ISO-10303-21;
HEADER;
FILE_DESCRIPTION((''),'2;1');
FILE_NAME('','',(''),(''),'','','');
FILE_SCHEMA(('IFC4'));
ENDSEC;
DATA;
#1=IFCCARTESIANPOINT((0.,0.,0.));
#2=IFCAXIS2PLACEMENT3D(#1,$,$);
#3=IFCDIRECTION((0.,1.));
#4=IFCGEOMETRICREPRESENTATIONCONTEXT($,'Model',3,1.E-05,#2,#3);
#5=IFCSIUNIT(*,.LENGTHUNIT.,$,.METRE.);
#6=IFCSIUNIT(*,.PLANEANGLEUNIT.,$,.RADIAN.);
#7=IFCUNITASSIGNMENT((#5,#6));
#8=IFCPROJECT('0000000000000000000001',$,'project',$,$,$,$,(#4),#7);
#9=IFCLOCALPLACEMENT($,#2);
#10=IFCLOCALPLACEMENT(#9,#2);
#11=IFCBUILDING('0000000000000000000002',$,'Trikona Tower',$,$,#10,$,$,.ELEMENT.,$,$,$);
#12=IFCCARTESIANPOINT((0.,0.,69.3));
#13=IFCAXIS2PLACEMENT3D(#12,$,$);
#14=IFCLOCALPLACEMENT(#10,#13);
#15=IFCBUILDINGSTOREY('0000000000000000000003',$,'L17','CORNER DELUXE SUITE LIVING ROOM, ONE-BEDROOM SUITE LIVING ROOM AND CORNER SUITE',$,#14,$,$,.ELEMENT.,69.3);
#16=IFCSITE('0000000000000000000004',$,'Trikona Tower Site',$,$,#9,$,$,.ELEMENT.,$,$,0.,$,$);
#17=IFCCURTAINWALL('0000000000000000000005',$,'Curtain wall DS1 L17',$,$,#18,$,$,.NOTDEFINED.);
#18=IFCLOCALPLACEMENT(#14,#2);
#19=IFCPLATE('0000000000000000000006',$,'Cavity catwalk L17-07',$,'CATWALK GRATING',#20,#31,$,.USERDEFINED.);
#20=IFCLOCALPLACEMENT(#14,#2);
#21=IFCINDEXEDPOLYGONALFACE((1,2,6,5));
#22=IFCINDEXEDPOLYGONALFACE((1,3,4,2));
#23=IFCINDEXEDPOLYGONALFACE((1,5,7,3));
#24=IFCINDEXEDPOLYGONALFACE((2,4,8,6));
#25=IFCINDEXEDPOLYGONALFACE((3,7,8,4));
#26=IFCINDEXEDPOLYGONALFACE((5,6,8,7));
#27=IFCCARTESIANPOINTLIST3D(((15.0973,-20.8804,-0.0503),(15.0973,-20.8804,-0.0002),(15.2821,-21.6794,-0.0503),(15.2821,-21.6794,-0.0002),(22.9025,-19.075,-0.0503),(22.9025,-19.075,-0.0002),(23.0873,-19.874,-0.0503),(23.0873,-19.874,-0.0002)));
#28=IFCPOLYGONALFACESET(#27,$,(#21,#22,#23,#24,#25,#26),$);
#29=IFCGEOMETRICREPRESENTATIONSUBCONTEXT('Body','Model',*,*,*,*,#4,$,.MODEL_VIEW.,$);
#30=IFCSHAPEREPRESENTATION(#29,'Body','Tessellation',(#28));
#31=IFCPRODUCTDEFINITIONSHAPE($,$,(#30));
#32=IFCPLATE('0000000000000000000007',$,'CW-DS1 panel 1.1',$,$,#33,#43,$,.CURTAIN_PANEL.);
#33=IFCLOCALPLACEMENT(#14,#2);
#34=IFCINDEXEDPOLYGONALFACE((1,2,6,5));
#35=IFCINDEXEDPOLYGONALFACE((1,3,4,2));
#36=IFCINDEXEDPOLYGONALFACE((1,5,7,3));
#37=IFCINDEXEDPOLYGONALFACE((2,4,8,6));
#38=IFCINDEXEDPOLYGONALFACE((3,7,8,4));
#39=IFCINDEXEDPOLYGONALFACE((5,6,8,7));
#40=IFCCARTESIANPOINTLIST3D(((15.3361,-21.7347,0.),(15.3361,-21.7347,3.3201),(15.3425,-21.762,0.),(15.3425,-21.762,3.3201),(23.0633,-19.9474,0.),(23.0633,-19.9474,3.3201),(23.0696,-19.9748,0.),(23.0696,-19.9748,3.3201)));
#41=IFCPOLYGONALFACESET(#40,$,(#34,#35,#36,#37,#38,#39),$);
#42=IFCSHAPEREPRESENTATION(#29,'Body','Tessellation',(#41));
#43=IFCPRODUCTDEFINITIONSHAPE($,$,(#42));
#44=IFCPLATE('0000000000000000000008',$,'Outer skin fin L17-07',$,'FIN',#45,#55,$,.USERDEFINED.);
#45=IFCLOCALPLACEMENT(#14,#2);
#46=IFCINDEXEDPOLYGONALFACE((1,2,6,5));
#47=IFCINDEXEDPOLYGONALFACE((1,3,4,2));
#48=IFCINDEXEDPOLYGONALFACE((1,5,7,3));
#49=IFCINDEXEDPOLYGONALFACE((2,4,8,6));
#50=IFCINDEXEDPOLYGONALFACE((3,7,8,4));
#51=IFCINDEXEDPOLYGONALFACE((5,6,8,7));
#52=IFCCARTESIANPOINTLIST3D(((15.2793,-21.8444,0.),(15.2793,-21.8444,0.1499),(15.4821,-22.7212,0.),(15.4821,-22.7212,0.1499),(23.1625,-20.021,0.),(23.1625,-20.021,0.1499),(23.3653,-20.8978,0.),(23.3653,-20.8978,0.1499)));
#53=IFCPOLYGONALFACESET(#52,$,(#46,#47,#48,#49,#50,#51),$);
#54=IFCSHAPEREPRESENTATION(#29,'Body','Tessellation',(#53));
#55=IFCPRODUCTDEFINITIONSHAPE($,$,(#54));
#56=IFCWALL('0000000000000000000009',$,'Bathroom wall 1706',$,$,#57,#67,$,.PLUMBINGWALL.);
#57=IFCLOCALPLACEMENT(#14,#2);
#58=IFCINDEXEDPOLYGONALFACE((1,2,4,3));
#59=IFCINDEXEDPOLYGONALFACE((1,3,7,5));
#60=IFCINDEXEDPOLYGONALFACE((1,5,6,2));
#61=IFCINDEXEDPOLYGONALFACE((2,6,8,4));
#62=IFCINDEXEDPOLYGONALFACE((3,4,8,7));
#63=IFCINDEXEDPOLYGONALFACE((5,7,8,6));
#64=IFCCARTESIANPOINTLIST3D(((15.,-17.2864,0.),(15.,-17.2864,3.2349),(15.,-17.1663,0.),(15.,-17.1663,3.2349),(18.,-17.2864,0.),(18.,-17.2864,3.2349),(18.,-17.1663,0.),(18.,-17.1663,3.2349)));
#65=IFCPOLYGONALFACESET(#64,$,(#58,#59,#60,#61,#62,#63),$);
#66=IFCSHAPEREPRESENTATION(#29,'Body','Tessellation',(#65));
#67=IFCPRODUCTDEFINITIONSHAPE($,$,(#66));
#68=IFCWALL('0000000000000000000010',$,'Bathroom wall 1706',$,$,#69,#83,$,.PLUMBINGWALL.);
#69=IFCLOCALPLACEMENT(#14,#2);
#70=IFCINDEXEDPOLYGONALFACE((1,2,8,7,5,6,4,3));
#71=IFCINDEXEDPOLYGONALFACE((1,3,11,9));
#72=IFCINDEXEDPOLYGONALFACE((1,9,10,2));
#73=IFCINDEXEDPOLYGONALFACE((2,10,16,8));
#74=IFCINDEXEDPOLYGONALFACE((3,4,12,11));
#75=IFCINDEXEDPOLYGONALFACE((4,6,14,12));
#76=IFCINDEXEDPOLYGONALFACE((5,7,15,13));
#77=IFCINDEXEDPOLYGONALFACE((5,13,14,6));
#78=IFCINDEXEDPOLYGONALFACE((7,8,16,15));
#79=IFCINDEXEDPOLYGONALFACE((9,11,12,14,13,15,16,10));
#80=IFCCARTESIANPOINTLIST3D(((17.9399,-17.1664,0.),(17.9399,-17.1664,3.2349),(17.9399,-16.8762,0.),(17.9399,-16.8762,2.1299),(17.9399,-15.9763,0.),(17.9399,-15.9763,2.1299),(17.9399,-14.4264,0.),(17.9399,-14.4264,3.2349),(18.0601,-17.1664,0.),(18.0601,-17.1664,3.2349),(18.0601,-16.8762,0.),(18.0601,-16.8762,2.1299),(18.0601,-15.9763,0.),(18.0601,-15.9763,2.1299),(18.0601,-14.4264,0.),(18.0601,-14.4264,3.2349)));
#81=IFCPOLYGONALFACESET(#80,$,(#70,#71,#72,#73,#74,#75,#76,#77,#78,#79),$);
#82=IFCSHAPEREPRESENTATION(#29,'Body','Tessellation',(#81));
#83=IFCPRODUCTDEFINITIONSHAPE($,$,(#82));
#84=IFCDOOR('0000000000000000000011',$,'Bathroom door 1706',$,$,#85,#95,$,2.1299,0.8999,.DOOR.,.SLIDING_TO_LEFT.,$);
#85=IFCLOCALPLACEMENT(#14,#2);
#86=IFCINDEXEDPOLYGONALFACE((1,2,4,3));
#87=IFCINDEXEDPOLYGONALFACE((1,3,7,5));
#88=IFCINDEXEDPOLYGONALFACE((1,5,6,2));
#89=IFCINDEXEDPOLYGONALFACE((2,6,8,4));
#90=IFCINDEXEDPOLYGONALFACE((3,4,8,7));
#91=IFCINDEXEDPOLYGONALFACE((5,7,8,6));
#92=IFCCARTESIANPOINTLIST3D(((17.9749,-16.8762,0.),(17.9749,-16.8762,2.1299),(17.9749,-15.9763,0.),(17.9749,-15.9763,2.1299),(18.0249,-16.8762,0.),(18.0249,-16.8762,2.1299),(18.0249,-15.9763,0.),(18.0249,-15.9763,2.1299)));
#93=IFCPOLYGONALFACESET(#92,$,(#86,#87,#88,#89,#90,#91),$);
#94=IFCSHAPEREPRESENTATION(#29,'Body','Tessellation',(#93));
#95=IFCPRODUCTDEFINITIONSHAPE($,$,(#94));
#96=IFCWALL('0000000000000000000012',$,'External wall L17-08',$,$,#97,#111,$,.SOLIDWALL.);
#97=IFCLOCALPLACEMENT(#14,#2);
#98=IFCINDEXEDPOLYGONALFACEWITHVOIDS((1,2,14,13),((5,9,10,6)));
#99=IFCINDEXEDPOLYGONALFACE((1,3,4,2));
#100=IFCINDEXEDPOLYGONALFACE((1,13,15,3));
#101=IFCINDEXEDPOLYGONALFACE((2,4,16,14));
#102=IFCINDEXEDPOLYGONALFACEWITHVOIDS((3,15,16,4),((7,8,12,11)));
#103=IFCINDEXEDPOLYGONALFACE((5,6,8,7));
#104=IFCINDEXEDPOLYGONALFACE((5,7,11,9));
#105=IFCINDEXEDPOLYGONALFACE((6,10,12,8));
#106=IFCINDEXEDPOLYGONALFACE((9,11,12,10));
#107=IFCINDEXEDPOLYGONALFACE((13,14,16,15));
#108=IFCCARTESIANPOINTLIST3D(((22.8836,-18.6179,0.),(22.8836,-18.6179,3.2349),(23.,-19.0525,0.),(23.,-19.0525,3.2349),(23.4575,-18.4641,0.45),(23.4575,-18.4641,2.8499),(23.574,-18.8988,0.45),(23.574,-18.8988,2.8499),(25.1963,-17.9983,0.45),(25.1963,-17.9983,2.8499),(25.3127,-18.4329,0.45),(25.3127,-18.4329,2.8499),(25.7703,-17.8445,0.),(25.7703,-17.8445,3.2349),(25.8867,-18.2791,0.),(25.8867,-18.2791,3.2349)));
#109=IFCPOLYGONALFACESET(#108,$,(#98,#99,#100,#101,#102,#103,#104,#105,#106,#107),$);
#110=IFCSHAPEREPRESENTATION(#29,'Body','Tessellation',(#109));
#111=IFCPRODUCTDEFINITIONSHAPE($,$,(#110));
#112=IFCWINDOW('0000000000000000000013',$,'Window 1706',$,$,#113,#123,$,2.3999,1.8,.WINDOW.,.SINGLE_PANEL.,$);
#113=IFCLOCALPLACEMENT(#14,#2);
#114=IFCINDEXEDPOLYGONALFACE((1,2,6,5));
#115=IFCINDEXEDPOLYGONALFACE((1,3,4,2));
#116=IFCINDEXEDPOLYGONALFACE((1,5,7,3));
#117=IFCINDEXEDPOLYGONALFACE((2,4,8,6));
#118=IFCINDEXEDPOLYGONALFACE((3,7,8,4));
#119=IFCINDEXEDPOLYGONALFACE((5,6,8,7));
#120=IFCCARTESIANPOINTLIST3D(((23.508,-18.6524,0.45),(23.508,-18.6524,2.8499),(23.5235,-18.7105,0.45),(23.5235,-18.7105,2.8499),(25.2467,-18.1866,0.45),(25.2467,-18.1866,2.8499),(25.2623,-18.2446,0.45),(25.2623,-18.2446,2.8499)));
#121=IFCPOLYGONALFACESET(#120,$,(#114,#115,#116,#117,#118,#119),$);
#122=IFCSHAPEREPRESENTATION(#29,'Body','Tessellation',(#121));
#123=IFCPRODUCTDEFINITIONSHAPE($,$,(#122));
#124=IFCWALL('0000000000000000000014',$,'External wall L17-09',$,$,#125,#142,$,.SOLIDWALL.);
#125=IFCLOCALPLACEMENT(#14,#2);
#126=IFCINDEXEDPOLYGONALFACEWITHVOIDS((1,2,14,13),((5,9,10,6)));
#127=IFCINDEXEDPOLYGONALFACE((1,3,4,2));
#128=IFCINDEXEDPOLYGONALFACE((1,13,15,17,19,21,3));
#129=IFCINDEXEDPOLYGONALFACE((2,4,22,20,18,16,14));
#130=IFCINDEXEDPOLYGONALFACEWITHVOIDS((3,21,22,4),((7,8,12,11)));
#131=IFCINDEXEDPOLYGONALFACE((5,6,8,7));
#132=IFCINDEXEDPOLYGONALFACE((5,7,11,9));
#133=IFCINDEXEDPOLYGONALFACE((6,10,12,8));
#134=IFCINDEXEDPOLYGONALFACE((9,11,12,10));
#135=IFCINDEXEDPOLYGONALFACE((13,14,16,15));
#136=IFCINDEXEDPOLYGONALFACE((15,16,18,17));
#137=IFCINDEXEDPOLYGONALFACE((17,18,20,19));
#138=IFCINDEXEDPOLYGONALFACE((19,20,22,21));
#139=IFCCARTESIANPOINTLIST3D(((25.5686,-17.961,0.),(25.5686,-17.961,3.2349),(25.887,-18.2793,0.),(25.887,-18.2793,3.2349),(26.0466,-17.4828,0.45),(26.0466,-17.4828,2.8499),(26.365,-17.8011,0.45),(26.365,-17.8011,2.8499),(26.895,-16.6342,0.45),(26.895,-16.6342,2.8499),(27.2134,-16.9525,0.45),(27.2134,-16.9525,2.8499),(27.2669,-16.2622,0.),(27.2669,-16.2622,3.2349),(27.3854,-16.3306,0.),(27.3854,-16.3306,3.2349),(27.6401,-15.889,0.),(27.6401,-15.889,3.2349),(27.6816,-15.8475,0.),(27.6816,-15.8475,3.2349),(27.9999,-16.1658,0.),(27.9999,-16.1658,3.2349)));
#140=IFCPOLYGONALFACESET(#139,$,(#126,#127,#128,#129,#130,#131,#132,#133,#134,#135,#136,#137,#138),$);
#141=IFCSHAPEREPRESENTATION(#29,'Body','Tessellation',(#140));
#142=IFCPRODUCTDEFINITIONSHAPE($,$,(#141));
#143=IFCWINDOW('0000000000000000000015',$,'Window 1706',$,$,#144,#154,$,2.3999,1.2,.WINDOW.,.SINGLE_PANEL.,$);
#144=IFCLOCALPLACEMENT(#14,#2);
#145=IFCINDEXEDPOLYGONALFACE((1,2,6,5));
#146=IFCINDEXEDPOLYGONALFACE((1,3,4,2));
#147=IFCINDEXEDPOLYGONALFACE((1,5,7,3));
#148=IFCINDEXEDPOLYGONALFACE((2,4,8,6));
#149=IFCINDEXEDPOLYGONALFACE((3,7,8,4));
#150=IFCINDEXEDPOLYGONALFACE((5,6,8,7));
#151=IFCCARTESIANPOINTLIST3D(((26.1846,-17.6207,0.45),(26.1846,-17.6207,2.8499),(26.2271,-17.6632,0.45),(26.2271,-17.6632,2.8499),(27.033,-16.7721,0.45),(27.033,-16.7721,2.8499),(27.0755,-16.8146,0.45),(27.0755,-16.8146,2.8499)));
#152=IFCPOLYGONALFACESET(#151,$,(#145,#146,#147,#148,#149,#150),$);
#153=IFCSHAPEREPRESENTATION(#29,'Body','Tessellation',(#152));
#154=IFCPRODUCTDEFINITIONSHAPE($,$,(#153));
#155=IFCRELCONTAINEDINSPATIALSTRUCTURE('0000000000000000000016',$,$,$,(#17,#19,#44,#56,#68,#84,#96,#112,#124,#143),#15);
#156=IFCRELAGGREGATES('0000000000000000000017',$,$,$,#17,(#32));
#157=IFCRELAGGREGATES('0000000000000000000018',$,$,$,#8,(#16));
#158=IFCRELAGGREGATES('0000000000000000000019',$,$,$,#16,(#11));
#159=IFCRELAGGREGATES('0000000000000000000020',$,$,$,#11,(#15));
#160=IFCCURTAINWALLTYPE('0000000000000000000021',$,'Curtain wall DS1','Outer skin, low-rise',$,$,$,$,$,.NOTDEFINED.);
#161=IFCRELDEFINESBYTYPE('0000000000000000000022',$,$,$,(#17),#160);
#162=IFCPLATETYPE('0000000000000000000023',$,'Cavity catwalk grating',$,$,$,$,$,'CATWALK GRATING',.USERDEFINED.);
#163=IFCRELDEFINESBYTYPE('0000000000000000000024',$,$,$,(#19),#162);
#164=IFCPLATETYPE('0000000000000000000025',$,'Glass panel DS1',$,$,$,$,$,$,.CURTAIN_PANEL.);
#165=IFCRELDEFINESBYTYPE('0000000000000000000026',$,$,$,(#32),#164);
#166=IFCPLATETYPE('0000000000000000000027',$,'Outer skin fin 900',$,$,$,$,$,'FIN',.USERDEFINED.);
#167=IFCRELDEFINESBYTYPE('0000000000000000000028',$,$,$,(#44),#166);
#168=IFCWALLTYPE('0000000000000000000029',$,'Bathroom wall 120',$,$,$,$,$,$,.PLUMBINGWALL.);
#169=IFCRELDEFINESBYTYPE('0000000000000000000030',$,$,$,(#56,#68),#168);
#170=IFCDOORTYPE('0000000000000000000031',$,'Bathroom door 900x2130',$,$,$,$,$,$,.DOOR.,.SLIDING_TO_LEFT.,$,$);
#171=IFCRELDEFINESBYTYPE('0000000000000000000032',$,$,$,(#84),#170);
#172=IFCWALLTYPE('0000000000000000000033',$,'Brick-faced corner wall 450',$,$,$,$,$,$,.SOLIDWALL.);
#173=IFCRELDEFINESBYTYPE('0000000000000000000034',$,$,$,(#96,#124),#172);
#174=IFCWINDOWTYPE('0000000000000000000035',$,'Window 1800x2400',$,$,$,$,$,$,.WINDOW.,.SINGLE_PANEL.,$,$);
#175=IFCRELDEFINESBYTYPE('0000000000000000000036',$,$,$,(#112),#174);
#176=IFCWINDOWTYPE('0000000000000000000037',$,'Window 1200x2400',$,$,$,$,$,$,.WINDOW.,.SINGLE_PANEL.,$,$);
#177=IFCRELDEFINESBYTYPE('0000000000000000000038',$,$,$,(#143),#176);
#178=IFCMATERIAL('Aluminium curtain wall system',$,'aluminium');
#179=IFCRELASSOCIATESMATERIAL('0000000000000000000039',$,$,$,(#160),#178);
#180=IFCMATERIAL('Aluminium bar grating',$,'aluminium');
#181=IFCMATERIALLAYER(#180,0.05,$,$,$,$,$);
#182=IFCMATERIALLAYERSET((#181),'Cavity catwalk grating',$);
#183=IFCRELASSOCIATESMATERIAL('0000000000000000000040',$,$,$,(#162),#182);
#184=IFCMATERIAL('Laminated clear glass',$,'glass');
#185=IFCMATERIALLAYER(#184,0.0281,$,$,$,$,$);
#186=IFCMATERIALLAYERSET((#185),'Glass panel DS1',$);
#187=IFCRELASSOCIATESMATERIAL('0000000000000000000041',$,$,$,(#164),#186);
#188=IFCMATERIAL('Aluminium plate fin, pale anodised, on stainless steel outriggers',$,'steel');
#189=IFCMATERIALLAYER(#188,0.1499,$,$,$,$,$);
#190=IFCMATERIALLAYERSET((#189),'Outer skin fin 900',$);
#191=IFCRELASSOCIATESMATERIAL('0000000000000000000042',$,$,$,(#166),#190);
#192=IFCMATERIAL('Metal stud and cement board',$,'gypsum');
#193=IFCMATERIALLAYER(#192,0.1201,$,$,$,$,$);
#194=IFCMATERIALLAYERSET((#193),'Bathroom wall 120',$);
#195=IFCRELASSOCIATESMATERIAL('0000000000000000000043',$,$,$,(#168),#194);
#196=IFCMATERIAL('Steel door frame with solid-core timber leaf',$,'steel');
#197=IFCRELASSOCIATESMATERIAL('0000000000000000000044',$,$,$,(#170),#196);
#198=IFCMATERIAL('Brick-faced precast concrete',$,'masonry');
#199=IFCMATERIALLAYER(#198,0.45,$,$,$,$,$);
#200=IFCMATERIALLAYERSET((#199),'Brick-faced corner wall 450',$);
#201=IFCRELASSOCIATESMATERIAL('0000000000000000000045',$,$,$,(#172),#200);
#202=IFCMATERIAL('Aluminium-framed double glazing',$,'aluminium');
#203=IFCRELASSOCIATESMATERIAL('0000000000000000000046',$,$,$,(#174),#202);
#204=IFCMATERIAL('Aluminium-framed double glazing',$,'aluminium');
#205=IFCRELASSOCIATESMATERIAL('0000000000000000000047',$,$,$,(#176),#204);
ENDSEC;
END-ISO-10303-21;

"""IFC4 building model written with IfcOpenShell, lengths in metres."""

from ifc_helpers import new_model, si_unit, direction, frame, frame_2d, origin, origin_2d, place, context, subcontext, project, spatial, polyline, rectangle, outline, extrude, material, layer, layer_set, type_object, element, fill, aggregate, save


model = new_model("IFC4")

# Units and contexts
model_context = context("Model", 3, precision=1e-05, world=origin(), true_north=direction((0.0, 1.0)))
body_context = subcontext(model_context, "Body", "Model", "MODEL_VIEW")
ifc_project = project(units=[si_unit("LENGTHUNIT", "METRE"), si_unit("PLANEANGLEUNIT", "RADIAN")], contexts=[model_context])

# Site, building, storey
site_placement = place(None, origin())
site = spatial("IfcSite", under=ifc_project, at=site_placement, Name="Trikona Tower Site", CompositionType="ELEMENT", RefElevation=0.0)
building_placement = place(site_placement, origin())
building = spatial("IfcBuilding", under=site, at=building_placement, Name="Trikona Tower", CompositionType="ELEMENT")
storey_placement = place(building_placement, frame((0.0, 0.0, 69.3)))
storey = spatial("IfcBuildingStorey", under=building, at=storey_placement, Name="L17", Description="CORNER DELUXE SUITE LIVING ROOM, ONE-BEDROOM SUITE LIVING ROOM AND CORNER SUITE", CompositionType="ELEMENT", Elevation=69.3)

# Shared definitions
ifc_material_1 = material(Name="Aluminium curtain wall system", Category="aluminium")
curtain_wall_type = type_object("IfcCurtainWallType", Name="Curtain wall DS1", Description="Outer skin, low-rise", PredefinedType="NOTDEFINED", material=ifc_material_1)

# Curtain wall
curtain_wall_1_placement = place(storey_placement, origin())
curtain_wall_1 = element("IfcCurtainWall", 1, at=curtain_wall_1_placement, inside=storey, type_object=curtain_wall_type, Name="Curtain wall DS1 L17", PredefinedType="NOTDEFINED")

# Plates
ifc_material_2 = material(Name="Aluminium bar grating", Category="aluminium")
ifc_layer_1 = layer(ifc_material_2, 0.05)
ifc_layer_set_1 = layer_set([ifc_layer_1], Name="Cavity catwalk grating")
plate_type_1 = type_object("IfcPlateType", Name="Cavity catwalk grating", ElementType="CATWALK GRATING", PredefinedType="USERDEFINED", material=ifc_layer_set_1)
plate_1_placement = place(storey_placement, frame((19.0923, -20.3772, -0.0503), z_axis=(0.0, 0.0, 1.0), x_axis=(0.974278, 0.225351, 0.0)))
element("IfcPlate", 2, at=plate_1_placement, inside=storey, type_object=plate_type_1, Name="Cavity catwalk L17-07", ObjectType="CATWALK GRATING", PredefinedType="USERDEFINED", context=body_context, shape_type="SweptSolid", body=[
    extrude(rectangle(XDim=8.0112, YDim=0.8201, at=origin_2d()), origin(), (0.0, 0.0, 1.0), 0.05),
])
ifc_material_3 = material(Name="Laminated clear glass", Category="glass")
ifc_layer_2 = layer(ifc_material_3, 0.0281)
ifc_layer_set_2 = layer_set([ifc_layer_2], Name="Glass panel DS1")
plate_type_2 = type_object("IfcPlateType", Name="Glass panel DS1", PredefinedType="CURTAIN_PANEL", material=ifc_layer_set_2)
plate_2_placement = place(storey_placement, frame((19.2029, -20.8547, 0.0), z_axis=(0.0, 0.0, 1.0), x_axis=(0.974279, 0.225343, 0.0)))
plate_2 = element("IfcPlate", 3, at=plate_2_placement, type_object=plate_type_2, Name="CW-DS1 panel 1.1", PredefinedType="CURTAIN_PANEL", context=body_context, shape_type="SweptSolid", body=[
    extrude(rectangle(XDim=7.9312, YDim=0.0281, at=origin_2d()), origin(), (0.0, 0.0, 1.0), 3.3201),
])
aggregate(curtain_wall_1, [plate_2])
ifc_material_4 = material(Name="Aluminium plate fin, pale anodised, on stainless steel outriggers", Category="steel")
ifc_layer_3 = layer(ifc_material_4, 0.1499)
ifc_layer_set_3 = layer_set([ifc_layer_3], Name="Outer skin fin 900")
plate_type_3 = type_object("IfcPlateType", Name="Outer skin fin 900", ElementType="FIN", PredefinedType="USERDEFINED", material=ifc_layer_set_3)
plate_3_placement = place(storey_placement, frame((19.3223, -21.3711, 0.0), z_axis=(0.0, 0.0, 1.0), x_axis=(0.974278, 0.225351, 0.0)))
element("IfcPlate", 4, at=plate_3_placement, inside=storey, type_object=plate_type_3, Name="Outer skin fin L17-07", ObjectType="FIN", PredefinedType="USERDEFINED", context=body_context, shape_type="SweptSolid", body=[
    extrude(rectangle(XDim=8.0913, YDim=0.8999, at=origin_2d()), origin(), (0.0, 0.0, 1.0), 0.1499),
])

# Wall
ifc_material_5 = material(Name="Metal stud and cement board", Category="gypsum")
ifc_layer_4 = layer(ifc_material_5, 0.1201)
ifc_layer_set_4 = layer_set([ifc_layer_4], Name="Bathroom wall 120")
wall_type_1 = type_object("IfcWallType", Name="Bathroom wall 120", PredefinedType="PLUMBINGWALL", material=ifc_layer_set_4)
wall_1_placement = place(storey_placement, frame((15.0, -17.2263, 0.0), z_axis=(0.0, 0.0, 1.0), x_axis=(1.0, 0.0, 0.0)))
element("IfcWall", 5, at=wall_1_placement, inside=storey, type_object=wall_type_1, Name="Bathroom wall 1706", PredefinedType="PLUMBINGWALL", context=body_context, shape_type="SweptSolid", body=[
    extrude(rectangle(XDim=3.0, YDim=0.1201, at=frame_2d((1.5, 0.0))), origin(), (0.0, 0.0, 1.0), 3.2349),
])

# Wall, opening, door
wall_2_placement = place(storey_placement, frame((18.0, -14.4263, 0.0), z_axis=(0.0, 0.0, 1.0), x_axis=(0.0, -1.0, 0.0)))
wall_2 = element("IfcWall", 6, at=wall_2_placement, inside=storey, type_object=wall_type_1, Name="Bathroom wall 1706", PredefinedType="PLUMBINGWALL", context=body_context, shape_type="SweptSolid", body=[
    extrude(rectangle(XDim=2.74, YDim=0.1201, at=frame_2d((1.3701, 0.0))), origin(), (0.0, 0.0, 1.0), 3.2349),
])
opening_1_placement = place(wall_2_placement, frame((1.55, 0.0, 0.0)))
opening_1 = element("IfcOpeningElement", 7, at=opening_1_placement, cuts=wall_2, PredefinedType="OPENING", context=body_context, shape_type="SweptSolid", body=[
    extrude(rectangle(XDim=0.8999, YDim=2.1299, at=frame_2d((0.45, 1.0649))), frame((0.0, 0.0701, 0.0), z_axis=(0.0, -1.0, 0.0), x_axis=(1.0, 0.0, 0.0)), (0.0, 0.0, 1.0), 0.1401),
])
ifc_material_6 = material(Name="Steel door frame with solid-core timber leaf", Category="steel")
door_type = type_object("IfcDoorType", Name="Bathroom door 900x2130", OperationType="SLIDING_TO_LEFT", PredefinedType="DOOR", material=ifc_material_6)
door_placement = place(opening_1_placement, origin())
door = element("IfcDoor", 8, at=door_placement, inside=storey, type_object=door_type, Name="Bathroom door 1706", OperationType="SLIDING_TO_LEFT", OverallHeight=2.1299, OverallWidth=0.8999, PredefinedType="DOOR", context=body_context, shape_type="SweptSolid", body=[
    extrude(rectangle(XDim=0.8999, YDim=2.1299, at=frame_2d((0.45, 1.0649))), frame((0.0, 0.0249, 0.0), z_axis=(0.0, -1.0, 0.0), x_axis=(1.0, 0.0, 0.0)), (0.0, 0.0, 1.0), 0.05),
])
fill(opening_1, door)

# Walls, openings, windows
ifc_material_7 = material(Name="Brick-faced precast concrete", Category="masonry")
ifc_layer_5 = layer(ifc_material_7, 0.45)
ifc_layer_set_5 = layer_set([ifc_layer_5], Name="Brick-faced corner wall 450")
wall_type_2 = type_object("IfcWallType", Name="Brick-faced corner wall 450", PredefinedType="SOLIDWALL", material=ifc_layer_set_5)
wall_3_placement = place(storey_placement, frame((22.9419, -18.8352, 0.0), z_axis=(0.0, 0.0, 1.0), x_axis=(0.965931, 0.258801, 0.0)))
wall_3 = element("IfcWall", 9, at=wall_3_placement, inside=storey, type_object=wall_type_2, Name="External wall L17-08", PredefinedType="SOLIDWALL", context=body_context, shape_type="SweptSolid", body=[
    extrude(rectangle(XDim=2.9885, YDim=0.45, at=frame_2d((1.4941, 0.0))), origin(), (0.0, 0.0, 1.0), 3.2349),
])
opening_2_placement = place(wall_3_placement, frame((0.5942, 0.0, 0.45)))
opening_2 = element("IfcOpeningElement", 10, at=opening_2_placement, cuts=wall_3, PredefinedType="OPENING", context=body_context, shape_type="SweptSolid", body=[
    extrude(rectangle(XDim=1.8, YDim=2.3999, at=frame_2d((0.8999, 1.2))), frame((0.0, 0.2349, 0.0), z_axis=(0.0, -1.0, 0.0), x_axis=(1.0, 0.0, 0.0)), (0.0, 0.0, 1.0), 0.47),
])
ifc_material_8 = material(Name="Aluminium-framed double glazing", Category="aluminium")
window_type_1 = type_object("IfcWindowType", Name="Window 1800x2400", PartitioningType="SINGLE_PANEL", PredefinedType="WINDOW", material=ifc_material_8)
window_1_placement = place(opening_2_placement, origin())
window_1 = element("IfcWindow", 11, at=window_1_placement, inside=storey, type_object=window_type_1, Name="Window 1706", OverallHeight=2.3999, OverallWidth=1.8, PartitioningType="SINGLE_PANEL", PredefinedType="WINDOW", context=body_context, shape_type="SweptSolid", body=[
    extrude(rectangle(XDim=1.8, YDim=2.3999, at=frame_2d((0.8999, 1.2))), frame((0.0, 0.03, 0.0), z_axis=(0.0, -1.0, 0.0), x_axis=(1.0, 0.0, 0.0)), (0.0, 0.0, 1.0), 0.0601),
])
fill(opening_2, window_1)
wall_4_placement = place(storey_placement, frame((25.7278, -18.1201, 0.0), z_axis=(0.0, 0.0, 1.0), x_axis=(0.707025, 0.707188, 0.0)))
wall_4 = element("IfcWall", 12, at=wall_4_placement, inside=storey, type_object=wall_type_2, Name="External wall L17-09", PredefinedType="SOLIDWALL", context=body_context, shape_type="SweptSolid", body=[
    extrude(outline(polyline([(2.9885, 0.2251), (2.9299, 0.2251), (2.4375, 0.093), (2.4021, 0.2251), (0.0, 0.2251), (0.0, -0.2251), (2.9885, -0.2251), (2.9885, 0.2251)])), origin(), (0.0, 0.0, 1.0), 3.2349),
])
opening_3_placement = place(wall_4_placement, frame((0.676, 0.0, 0.45)))
opening_3 = element("IfcOpeningElement", 13, at=opening_3_placement, cuts=wall_4, PredefinedType="OPENING", context=body_context, shape_type="SweptSolid", body=[
    extrude(rectangle(XDim=1.2, YDim=2.3999, at=frame_2d((0.6001, 1.2))), frame((0.0, 0.2349, 0.0), z_axis=(0.0, -1.0, 0.0), x_axis=(1.0, 0.0, 0.0)), (0.0, 0.0, 1.0), 0.47),
])
ifc_material_9 = material(Name="Aluminium-framed double glazing", Category="aluminium")
window_type_2 = type_object("IfcWindowType", Name="Window 1200x2400", PartitioningType="SINGLE_PANEL", PredefinedType="WINDOW", material=ifc_material_9)
window_2_placement = place(opening_3_placement, origin())
window_2 = element("IfcWindow", 14, at=window_2_placement, inside=storey, type_object=window_type_2, Name="Window 1706", OverallHeight=2.3999, OverallWidth=1.2, PartitioningType="SINGLE_PANEL", PredefinedType="WINDOW", context=body_context, shape_type="SweptSolid", body=[
    extrude(rectangle(XDim=1.2, YDim=2.3999, at=frame_2d((0.6001, 1.2))), frame((0.0, 0.03, 0.0), z_axis=(0.0, -1.0, 0.0), x_axis=(1.0, 0.0, 0.0)), (0.0, 0.0, 1.0), 0.0601),
])
fill(opening_3, window_2)

save(model, "model.ifc")
